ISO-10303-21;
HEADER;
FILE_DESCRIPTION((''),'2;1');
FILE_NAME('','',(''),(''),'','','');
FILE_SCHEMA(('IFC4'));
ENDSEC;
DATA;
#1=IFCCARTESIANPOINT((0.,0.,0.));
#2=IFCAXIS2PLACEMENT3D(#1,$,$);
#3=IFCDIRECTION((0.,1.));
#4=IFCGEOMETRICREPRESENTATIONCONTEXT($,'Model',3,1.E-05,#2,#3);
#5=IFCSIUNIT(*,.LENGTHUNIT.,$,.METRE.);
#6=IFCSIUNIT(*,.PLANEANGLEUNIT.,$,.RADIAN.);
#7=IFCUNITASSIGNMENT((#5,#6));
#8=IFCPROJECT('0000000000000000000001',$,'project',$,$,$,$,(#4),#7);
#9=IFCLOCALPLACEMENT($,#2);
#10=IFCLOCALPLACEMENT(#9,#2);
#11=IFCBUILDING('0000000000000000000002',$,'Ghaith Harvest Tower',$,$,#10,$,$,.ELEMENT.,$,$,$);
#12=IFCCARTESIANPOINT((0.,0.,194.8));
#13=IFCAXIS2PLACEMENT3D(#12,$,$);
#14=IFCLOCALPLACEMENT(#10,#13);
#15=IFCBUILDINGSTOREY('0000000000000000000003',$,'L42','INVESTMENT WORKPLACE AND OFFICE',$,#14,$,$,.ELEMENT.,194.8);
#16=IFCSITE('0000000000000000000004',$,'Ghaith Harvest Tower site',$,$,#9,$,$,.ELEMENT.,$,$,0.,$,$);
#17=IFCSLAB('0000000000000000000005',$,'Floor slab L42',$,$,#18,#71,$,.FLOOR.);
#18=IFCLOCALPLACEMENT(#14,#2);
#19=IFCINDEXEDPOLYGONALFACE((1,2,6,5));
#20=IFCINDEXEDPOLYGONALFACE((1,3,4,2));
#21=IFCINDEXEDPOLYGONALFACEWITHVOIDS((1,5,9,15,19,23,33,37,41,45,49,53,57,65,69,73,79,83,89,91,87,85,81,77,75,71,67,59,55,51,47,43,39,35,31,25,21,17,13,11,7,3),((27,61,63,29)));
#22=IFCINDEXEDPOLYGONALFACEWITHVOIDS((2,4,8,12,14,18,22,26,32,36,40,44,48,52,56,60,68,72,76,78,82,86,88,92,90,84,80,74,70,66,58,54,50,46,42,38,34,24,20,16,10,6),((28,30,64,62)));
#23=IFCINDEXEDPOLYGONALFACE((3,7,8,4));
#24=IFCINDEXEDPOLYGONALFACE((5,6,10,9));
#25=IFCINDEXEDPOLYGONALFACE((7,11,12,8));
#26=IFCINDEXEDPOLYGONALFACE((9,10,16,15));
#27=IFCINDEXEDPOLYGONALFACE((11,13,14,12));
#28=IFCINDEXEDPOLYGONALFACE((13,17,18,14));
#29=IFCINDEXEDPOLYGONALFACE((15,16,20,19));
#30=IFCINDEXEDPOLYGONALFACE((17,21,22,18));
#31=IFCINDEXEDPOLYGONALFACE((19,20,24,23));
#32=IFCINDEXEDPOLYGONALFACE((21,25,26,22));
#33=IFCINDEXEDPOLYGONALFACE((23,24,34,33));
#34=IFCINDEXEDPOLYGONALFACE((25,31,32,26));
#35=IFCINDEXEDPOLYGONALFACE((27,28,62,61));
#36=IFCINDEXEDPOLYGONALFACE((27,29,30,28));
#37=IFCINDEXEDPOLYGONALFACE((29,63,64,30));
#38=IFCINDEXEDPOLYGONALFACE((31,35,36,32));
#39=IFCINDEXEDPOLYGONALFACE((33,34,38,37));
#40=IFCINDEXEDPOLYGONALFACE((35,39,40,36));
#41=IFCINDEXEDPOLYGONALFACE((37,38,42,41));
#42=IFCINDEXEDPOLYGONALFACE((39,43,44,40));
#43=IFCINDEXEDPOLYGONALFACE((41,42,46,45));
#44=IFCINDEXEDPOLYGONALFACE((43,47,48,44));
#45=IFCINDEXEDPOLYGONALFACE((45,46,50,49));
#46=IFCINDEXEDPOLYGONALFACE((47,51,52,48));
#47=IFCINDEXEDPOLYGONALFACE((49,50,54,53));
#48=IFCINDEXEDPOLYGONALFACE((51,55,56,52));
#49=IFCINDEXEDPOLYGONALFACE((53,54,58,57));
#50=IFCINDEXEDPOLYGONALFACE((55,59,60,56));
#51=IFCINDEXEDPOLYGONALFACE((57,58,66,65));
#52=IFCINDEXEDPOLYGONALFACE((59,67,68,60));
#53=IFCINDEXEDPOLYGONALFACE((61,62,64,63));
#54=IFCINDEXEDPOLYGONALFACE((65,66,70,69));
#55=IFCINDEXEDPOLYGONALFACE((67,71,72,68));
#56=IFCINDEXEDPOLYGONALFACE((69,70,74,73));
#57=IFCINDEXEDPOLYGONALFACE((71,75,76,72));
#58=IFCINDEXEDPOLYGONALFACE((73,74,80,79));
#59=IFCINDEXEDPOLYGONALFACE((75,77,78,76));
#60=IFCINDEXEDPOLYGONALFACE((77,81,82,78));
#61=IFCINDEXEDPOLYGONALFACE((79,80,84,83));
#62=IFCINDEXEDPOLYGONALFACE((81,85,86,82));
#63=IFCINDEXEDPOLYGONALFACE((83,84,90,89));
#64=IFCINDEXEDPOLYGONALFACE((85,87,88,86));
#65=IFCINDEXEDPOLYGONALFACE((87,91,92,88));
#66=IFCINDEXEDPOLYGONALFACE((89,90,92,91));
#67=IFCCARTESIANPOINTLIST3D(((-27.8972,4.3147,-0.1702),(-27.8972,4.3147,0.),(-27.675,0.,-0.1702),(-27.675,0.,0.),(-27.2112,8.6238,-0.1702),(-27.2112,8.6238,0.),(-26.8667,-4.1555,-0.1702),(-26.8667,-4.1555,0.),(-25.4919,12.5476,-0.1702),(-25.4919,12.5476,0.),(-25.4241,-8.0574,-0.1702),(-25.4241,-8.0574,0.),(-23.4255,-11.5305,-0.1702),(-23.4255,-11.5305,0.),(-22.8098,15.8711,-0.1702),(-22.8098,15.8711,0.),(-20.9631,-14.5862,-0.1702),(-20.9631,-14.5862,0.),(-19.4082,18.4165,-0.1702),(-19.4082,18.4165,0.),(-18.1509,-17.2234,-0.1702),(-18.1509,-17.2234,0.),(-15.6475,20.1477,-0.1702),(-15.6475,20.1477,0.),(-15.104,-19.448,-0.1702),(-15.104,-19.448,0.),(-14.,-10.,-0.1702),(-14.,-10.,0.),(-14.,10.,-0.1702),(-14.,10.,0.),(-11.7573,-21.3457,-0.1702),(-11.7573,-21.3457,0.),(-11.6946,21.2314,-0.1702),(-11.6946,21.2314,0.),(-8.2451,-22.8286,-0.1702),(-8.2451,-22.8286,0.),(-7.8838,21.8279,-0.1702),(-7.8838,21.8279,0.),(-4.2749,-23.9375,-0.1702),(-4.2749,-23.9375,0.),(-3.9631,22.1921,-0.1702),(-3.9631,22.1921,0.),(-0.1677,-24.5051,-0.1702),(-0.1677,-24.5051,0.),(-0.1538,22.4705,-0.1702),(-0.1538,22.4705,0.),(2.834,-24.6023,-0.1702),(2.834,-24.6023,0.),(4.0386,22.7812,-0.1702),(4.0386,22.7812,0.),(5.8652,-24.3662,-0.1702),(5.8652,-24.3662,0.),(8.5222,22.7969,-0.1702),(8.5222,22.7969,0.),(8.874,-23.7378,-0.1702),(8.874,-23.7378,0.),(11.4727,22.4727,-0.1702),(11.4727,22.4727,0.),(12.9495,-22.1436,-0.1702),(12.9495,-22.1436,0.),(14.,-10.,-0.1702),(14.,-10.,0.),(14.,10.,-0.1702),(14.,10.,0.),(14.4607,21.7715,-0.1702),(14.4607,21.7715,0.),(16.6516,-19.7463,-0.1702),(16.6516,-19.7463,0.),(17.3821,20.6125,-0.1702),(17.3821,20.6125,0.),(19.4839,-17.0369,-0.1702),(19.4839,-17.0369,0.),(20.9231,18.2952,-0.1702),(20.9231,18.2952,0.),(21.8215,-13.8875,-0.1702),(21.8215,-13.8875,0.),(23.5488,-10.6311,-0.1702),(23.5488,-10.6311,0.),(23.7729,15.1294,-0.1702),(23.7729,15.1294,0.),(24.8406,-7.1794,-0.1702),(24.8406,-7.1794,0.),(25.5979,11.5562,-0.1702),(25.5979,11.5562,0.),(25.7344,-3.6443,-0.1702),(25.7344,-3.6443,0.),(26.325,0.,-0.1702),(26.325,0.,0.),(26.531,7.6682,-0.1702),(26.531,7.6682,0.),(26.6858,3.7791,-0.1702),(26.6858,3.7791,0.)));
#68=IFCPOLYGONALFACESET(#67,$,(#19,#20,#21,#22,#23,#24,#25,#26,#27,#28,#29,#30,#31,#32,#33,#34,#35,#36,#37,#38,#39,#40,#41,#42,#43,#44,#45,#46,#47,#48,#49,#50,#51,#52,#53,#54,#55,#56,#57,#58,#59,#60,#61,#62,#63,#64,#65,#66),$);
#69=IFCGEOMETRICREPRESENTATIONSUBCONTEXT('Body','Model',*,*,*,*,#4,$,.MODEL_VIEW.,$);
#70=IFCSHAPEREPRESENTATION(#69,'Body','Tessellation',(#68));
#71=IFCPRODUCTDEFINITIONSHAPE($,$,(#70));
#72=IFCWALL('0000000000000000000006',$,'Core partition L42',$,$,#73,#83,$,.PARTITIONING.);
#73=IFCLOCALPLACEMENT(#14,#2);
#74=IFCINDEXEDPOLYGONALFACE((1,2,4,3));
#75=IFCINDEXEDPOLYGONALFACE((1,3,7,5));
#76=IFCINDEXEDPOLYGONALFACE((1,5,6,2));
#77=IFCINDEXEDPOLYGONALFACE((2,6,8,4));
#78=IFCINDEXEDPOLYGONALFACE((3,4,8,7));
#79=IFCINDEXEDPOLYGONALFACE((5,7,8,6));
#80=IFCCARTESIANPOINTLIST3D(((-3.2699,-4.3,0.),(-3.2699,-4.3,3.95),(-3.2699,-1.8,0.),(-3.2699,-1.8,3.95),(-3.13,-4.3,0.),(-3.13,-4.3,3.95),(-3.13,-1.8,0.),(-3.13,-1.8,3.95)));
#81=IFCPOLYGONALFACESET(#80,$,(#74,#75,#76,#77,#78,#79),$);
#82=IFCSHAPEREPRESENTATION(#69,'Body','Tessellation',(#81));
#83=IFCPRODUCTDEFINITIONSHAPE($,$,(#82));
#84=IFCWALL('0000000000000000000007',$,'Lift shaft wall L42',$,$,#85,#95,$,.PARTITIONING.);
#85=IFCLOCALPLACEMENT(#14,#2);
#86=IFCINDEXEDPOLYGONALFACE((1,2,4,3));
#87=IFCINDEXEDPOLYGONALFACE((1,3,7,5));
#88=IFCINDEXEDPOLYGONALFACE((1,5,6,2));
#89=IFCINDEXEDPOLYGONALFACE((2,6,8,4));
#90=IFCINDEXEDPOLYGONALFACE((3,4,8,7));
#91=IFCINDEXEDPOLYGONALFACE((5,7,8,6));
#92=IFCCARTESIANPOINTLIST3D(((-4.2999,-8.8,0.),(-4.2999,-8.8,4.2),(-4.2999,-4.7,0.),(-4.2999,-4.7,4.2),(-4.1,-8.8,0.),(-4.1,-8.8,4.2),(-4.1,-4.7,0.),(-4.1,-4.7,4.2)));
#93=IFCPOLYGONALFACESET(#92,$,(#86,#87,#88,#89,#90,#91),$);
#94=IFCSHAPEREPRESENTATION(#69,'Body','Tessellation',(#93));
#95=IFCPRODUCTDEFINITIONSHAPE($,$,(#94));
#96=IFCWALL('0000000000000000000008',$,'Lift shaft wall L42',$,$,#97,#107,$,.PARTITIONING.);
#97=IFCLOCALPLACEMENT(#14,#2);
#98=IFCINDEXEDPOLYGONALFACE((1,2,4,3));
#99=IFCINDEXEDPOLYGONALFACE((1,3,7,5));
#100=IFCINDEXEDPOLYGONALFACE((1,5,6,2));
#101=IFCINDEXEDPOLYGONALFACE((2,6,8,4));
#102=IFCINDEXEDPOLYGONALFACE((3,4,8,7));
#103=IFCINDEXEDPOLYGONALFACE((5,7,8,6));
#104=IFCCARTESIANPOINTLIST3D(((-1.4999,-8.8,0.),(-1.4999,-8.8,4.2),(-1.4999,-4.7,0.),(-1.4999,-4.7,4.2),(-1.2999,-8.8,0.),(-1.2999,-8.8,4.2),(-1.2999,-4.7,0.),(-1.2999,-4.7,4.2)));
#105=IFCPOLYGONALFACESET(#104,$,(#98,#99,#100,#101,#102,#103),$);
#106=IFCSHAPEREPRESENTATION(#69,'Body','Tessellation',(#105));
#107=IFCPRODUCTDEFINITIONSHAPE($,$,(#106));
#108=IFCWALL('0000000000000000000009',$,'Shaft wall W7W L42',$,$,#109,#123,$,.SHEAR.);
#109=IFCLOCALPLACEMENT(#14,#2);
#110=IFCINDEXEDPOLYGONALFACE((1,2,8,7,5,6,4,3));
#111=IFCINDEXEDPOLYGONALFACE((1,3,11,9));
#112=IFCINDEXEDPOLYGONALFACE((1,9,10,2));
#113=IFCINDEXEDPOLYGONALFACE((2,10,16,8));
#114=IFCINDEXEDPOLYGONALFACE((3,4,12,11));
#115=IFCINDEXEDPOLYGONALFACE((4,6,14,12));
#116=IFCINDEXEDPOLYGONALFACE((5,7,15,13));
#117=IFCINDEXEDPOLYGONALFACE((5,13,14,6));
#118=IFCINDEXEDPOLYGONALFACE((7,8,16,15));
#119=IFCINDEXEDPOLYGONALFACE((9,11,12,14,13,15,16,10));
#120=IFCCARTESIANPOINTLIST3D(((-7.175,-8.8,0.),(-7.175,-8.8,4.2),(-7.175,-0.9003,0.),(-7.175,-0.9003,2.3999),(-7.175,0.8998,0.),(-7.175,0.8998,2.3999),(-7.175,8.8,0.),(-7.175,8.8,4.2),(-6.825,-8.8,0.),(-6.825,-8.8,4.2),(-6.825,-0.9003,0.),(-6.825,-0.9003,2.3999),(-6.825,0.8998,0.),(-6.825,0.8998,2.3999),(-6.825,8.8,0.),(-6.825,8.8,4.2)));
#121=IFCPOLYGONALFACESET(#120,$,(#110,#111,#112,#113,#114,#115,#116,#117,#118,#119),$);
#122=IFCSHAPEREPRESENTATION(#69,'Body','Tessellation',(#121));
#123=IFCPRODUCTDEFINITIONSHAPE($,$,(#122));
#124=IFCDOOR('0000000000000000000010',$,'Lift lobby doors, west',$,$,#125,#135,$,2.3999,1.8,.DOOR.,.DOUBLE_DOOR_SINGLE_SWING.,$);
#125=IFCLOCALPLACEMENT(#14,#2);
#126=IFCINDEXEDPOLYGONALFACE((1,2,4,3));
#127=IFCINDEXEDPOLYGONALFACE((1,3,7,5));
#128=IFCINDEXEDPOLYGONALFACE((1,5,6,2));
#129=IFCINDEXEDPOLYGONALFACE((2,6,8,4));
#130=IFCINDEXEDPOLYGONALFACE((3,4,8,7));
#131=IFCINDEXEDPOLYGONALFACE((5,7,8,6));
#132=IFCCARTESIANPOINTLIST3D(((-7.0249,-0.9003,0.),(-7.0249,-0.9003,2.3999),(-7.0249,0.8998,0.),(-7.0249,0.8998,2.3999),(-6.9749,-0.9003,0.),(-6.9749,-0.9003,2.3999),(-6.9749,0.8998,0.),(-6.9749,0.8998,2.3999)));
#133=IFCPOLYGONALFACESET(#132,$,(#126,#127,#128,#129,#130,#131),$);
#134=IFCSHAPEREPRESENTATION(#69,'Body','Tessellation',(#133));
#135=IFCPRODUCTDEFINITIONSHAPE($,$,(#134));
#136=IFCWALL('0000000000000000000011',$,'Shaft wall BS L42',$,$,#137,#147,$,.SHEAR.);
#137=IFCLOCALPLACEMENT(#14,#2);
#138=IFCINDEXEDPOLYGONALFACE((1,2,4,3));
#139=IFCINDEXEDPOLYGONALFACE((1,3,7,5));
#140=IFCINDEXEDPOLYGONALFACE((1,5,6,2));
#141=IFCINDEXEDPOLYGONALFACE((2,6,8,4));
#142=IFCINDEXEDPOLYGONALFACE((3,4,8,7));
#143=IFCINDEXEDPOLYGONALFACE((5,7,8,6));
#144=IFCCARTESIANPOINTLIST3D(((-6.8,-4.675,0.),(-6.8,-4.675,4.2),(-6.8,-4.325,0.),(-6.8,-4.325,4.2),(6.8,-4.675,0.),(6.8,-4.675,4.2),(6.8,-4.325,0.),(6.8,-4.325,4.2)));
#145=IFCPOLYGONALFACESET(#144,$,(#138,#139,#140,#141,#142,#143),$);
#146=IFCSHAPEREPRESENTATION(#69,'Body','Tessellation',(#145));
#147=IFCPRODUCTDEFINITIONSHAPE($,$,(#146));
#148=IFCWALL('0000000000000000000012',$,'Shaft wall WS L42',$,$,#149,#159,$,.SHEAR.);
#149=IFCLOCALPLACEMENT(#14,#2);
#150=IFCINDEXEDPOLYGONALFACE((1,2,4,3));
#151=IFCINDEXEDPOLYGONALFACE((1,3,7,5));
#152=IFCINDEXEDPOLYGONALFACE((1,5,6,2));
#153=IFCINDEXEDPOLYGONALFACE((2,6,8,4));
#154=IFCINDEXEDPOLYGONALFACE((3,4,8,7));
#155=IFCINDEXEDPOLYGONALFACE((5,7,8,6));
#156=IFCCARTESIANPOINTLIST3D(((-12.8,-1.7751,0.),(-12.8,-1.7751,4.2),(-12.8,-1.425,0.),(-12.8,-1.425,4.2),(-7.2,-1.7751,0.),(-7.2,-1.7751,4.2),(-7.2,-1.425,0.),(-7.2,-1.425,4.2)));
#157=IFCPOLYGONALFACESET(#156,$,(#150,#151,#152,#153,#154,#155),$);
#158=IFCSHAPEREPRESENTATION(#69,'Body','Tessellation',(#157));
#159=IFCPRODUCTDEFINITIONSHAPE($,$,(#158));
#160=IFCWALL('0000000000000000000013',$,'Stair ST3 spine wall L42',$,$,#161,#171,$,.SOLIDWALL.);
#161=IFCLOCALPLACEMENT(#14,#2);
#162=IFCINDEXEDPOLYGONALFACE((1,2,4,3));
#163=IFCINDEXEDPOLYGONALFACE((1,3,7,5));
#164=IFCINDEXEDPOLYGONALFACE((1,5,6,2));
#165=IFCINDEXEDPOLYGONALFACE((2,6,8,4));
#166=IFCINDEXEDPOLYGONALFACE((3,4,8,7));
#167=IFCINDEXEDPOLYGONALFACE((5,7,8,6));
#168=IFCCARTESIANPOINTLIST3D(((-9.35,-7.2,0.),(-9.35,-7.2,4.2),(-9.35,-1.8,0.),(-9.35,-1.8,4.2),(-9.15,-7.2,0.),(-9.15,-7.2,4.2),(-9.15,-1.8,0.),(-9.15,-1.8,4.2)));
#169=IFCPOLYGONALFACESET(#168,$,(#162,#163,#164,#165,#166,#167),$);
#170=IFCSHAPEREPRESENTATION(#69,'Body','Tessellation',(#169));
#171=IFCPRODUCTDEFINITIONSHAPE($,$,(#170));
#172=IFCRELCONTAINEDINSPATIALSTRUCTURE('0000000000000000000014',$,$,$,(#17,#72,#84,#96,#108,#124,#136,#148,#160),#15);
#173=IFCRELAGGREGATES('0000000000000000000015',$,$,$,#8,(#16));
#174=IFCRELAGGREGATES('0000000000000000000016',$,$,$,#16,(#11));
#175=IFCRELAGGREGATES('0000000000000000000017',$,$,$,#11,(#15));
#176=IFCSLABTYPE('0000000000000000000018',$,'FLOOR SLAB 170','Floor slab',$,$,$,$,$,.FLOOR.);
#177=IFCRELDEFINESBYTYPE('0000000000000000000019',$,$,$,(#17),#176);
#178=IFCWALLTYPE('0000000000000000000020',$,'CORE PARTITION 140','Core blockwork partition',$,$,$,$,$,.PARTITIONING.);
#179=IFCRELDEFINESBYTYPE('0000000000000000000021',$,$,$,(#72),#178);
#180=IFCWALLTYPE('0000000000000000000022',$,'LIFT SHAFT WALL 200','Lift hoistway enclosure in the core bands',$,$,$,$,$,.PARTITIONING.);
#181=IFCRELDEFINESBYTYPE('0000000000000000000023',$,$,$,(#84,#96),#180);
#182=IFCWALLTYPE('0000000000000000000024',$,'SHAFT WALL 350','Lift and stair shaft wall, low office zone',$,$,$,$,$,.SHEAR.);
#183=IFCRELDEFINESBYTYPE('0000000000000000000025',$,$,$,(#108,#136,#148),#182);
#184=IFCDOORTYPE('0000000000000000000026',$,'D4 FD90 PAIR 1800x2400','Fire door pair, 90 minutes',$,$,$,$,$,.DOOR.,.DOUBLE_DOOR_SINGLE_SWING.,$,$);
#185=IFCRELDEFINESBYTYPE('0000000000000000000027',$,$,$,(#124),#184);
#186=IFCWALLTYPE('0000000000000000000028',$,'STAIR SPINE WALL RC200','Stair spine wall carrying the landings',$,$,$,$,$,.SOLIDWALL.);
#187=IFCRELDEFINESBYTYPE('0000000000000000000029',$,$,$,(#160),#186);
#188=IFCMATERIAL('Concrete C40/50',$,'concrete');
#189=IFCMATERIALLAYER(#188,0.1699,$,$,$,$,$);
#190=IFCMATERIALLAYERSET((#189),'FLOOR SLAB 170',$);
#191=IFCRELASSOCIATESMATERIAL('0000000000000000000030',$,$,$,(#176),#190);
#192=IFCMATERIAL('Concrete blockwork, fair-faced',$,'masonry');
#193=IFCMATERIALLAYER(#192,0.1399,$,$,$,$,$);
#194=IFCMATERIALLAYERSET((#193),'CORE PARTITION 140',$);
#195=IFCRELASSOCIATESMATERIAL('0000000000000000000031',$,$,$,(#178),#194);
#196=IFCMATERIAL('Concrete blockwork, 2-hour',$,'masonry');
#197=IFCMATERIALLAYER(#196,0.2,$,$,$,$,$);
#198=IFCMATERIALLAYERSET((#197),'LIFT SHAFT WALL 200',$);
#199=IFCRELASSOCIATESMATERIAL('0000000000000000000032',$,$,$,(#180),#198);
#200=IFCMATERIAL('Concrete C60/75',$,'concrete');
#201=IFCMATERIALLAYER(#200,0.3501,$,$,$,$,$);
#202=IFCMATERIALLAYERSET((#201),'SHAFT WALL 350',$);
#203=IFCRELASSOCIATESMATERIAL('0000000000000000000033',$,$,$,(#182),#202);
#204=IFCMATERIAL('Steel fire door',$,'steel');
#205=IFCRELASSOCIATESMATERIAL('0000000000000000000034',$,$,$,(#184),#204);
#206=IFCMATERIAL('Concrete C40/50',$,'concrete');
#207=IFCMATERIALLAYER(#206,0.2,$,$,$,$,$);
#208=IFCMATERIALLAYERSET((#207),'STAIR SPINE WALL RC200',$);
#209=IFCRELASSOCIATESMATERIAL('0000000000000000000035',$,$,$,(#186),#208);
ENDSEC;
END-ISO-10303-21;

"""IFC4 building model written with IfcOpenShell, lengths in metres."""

from ifc_helpers import new_model, si_unit, direction, frame, frame_2d, origin, place, context, subcontext, project, spatial, polyline, rectangle, outline, extrude, material, layer, layer_set, type_object, element, fill, save


model = new_model("IFC4")

# Units and contexts
model_context = context("Model", 3, precision=1e-05, world=origin(), true_north=direction((0.0, 1.0)))
body_context = subcontext(model_context, "Body", "Model", "MODEL_VIEW")
ifc_project = project(units=[si_unit("LENGTHUNIT", "METRE"), si_unit("PLANEANGLEUNIT", "RADIAN")], contexts=[model_context])

# Site, building, storey
site_placement = place(None, origin())
site = spatial("IfcSite", under=ifc_project, at=site_placement, Name="Ghaith Harvest Tower site", CompositionType="ELEMENT", RefElevation=0.0)
building_placement = place(site_placement, origin())
building = spatial("IfcBuilding", under=site, at=building_placement, Name="Ghaith Harvest Tower", CompositionType="ELEMENT")
storey_placement = place(building_placement, frame((0.0, 0.0, 194.8)))
storey = spatial("IfcBuildingStorey", under=building, at=storey_placement, Name="L42", Description="INVESTMENT WORKPLACE AND OFFICE", CompositionType="ELEMENT", Elevation=194.8)

# Slab
ifc_material_1 = material(Name="Concrete C40/50", Category="concrete")
ifc_layer_1 = layer(ifc_material_1, 0.1699)
ifc_layer_set_1 = layer_set([ifc_layer_1], Name="FLOOR SLAB 170")
slab_type = type_object("IfcSlabType", Name="FLOOR SLAB 170", Description="Floor slab", PredefinedType="FLOOR", material=ifc_layer_set_1)
slab_placement = place(storey_placement, frame((0.0, 0.0, -0.1702)))
element("IfcSlab", 1, at=slab_placement, inside=storey, type_object=slab_type, Name="Floor slab L42", PredefinedType="FLOOR", context=body_context, shape_type="SweptSolid", body=[
    extrude(outline(polyline([(26.325, 0.0), (26.6858, 3.7791), (26.531, 7.6682), (25.5979, 11.5562), (23.7729, 15.1294), (20.9231, 18.2952), (17.3821, 20.6125), (14.4607, 21.7715), (11.4727, 22.4727), (8.5222, 22.7969), (4.0386, 22.7812), (-0.1538, 22.4705), (-3.9631, 22.1921), (-7.8838, 21.8279), (-11.6946, 21.2314), (-15.6475, 20.1477), (-19.4082, 18.4165), (-22.8098, 15.8711), (-25.4919, 12.5476), (-27.2112, 8.6238), (-27.8972, 4.3147), (-27.675, 0.0), (-26.8667, -4.1555), (-25.4241, -8.0574), (-23.4255, -11.5305), (-20.9631, -14.5862), (-18.1509, -17.2234), (-15.104, -19.448), (-11.7573, -21.3457), (-8.2451, -22.8286), (-4.2749, -23.9375), (-0.1677, -24.5051), (2.834, -24.6023), (5.8652, -24.3662), (8.874, -23.7378), (12.9495, -22.1436), (16.6516, -19.7463), (19.4839, -17.0369), (21.8215, -13.8875), (23.5488, -10.6311), (24.8406, -7.1794), (25.7344, -3.6443), (26.325, 0.0)]), holes=[polyline([(-14.0, -10.0), (14.0, -10.0), (14.0, 10.0), (-14.0, 10.0), (-14.0, -10.0)])]), origin(), (0.0, 0.0, 1.0), 0.1702),
])

# Walls
ifc_material_2 = material(Name="Concrete blockwork, fair-faced", Category="masonry")
ifc_layer_2 = layer(ifc_material_2, 0.1399)
ifc_layer_set_2 = layer_set([ifc_layer_2], Name="CORE PARTITION 140")
wall_type_1 = type_object("IfcWallType", Name="CORE PARTITION 140", Description="Core blockwork partition", PredefinedType="PARTITIONING", material=ifc_layer_set_2)
wall_1_placement = place(storey_placement, frame((-3.2, -1.8, 0.0), z_axis=(0.0, 0.0, 1.0), x_axis=(0.0, -1.0, 0.0)))
element("IfcWall", 2, at=wall_1_placement, inside=storey, type_object=wall_type_1, Name="Core partition L42", PredefinedType="PARTITIONING", context=body_context, shape_type="SweptSolid", body=[
    extrude(rectangle(XDim=2.5, YDim=0.1399, at=frame_2d((1.25, 0.0))), origin(), (0.0, 0.0, 1.0), 3.95),
])
ifc_material_3 = material(Name="Concrete blockwork, 2-hour", Category="masonry")
ifc_layer_3 = layer(ifc_material_3, 0.2)
ifc_layer_set_3 = layer_set([ifc_layer_3], Name="LIFT SHAFT WALL 200")
wall_type_2 = type_object("IfcWallType", Name="LIFT SHAFT WALL 200", Description="Lift hoistway enclosure in the core bands", PredefinedType="PARTITIONING", material=ifc_layer_set_3)
for number, where, z_axis, x_axis, name in (
    (3, (-4.2, -4.7, 0.0), (0.0, 0.0, 1.0), (0.0, -1.0, 0.0), "Lift shaft wall L42"),
    (4, (-1.3999, -4.7, 0.0), (0.0, 0.0, 1.0), (0.0, -1.0, 0.0), "Lift shaft wall L42"),
):
    element("IfcWall", number, at=place(storey_placement, frame(where, z_axis=z_axis, x_axis=x_axis)), inside=storey, type_object=wall_type_2, Name=name, PredefinedType="PARTITIONING", context=body_context, shape_type="SweptSolid", body=[
        extrude(rectangle(XDim=4.1001, YDim=0.2, at=frame_2d((2.05, 0.0))), origin(), (0.0, 0.0, 1.0), 4.2),
    ])

# Wall, opening, door
ifc_material_4 = material(Name="Concrete C60/75", Category="concrete")
ifc_layer_4 = layer(ifc_material_4, 0.3501)
ifc_layer_set_4 = layer_set([ifc_layer_4], Name="SHAFT WALL 350")
wall_type_3 = type_object("IfcWallType", Name="SHAFT WALL 350", Description="Lift and stair shaft wall, low office zone", PredefinedType="SHEAR", material=ifc_layer_set_4)
wall_2_placement = place(storey_placement, frame((-7.0, -8.8, 0.0), z_axis=(0.0, 0.0, 1.0), x_axis=(0.0, 1.0, 0.0)))
wall_2 = element("IfcWall", 5, at=wall_2_placement, inside=storey, type_object=wall_type_3, Name="Shaft wall W7W L42", PredefinedType="SHEAR", context=body_context, shape_type="SweptSolid", body=[
    extrude(rectangle(XDim=17.6001, YDim=0.3501, at=frame_2d((8.8, 0.0))), origin(), (0.0, 0.0, 1.0), 4.2),
])
opening_1_placement = place(wall_2_placement, frame((7.8999, 0.0, 0.0)))
opening_1 = element("IfcOpeningElement", 6, at=opening_1_placement, cuts=wall_2, PredefinedType="OPENING", context=body_context, shape_type="SweptSolid", body=[
    extrude(rectangle(XDim=1.8, YDim=2.3999, at=frame_2d((0.8999, 1.2))), frame((0.0, 0.1851, 0.0), z_axis=(0.0, -1.0, 0.0), x_axis=(1.0, 0.0, 0.0)), (0.0, 0.0, 1.0), 0.3701),
])
ifc_material_5 = material(Name="Steel fire door", Category="steel")
door_type_1 = type_object("IfcDoorType", Name="D4 FD90 PAIR 1800x2400", Description="Fire door pair, 90 minutes", OperationType="DOUBLE_DOOR_SINGLE_SWING", PredefinedType="DOOR", material=ifc_material_5)
door_1_placement = place(opening_1_placement, origin())
door_1 = element("IfcDoor", 7, at=door_1_placement, inside=storey, type_object=door_type_1, Name="Lift lobby doors, west", OperationType="DOUBLE_DOOR_SINGLE_SWING", OverallHeight=2.3999, OverallWidth=1.8, PredefinedType="DOOR", context=body_context, shape_type="SweptSolid", body=[
    extrude(rectangle(XDim=1.8, YDim=2.3999, at=frame_2d((0.8999, 1.2))), frame((0.0, 0.0249, 0.0), z_axis=(0.0, -1.0, 0.0), x_axis=(1.0, 0.0, 0.0)), (0.0, 0.0, 1.0), 0.05),
])
fill(opening_1, door_1)

# Walls
wall_3_placement = place(storey_placement, frame((-6.8, -4.5, 0.0), z_axis=(0.0, 0.0, 1.0), x_axis=(1.0, 0.0, 0.0)))
element("IfcWall", 8, at=wall_3_placement, inside=storey, type_object=wall_type_3, Name="Shaft wall BS L42", PredefinedType="SHEAR", context=body_context, shape_type="SweptSolid", body=[
    extrude(rectangle(XDim=13.6001, YDim=0.3501, at=frame_2d((6.8, 0.0))), origin(), (0.0, 0.0, 1.0), 4.2),
])
wall_4_placement = place(storey_placement, frame((-12.8, -1.6001, 0.0), z_axis=(0.0, 0.0, 1.0), x_axis=(1.0, 0.0, 0.0)))
element("IfcWall", 9, at=wall_4_placement, inside=storey, type_object=wall_type_3, Name="Shaft wall WS L42", PredefinedType="SHEAR", context=body_context, shape_type="SweptSolid", body=[
    extrude(rectangle(XDim=5.6001, YDim=0.3501, at=frame_2d((2.8, 0.0))), origin(), (0.0, 0.0, 1.0), 4.2),
])
ifc_material_6 = material(Name="Concrete C40/50", Category="concrete")
ifc_layer_5 = layer(ifc_material_6, 0.2)
ifc_layer_set_5 = layer_set([ifc_layer_5], Name="STAIR SPINE WALL RC200")
wall_type_4 = type_object("IfcWallType", Name="STAIR SPINE WALL RC200", Description="Stair spine wall carrying the landings", PredefinedType="SOLIDWALL", material=ifc_layer_set_5)
wall_5_placement = place(storey_placement, frame((-9.25, -7.2, 0.0), z_axis=(0.0, 0.0, 1.0), x_axis=(0.0, 1.0, 0.0)))
element("IfcWall", 10, at=wall_5_placement, inside=storey, type_object=wall_type_4, Name="Stair ST3 spine wall L42", PredefinedType="SOLIDWALL", context=body_context, shape_type="SweptSolid", body=[
    extrude(rectangle(XDim=5.3999, YDim=0.2, at=frame_2d((2.7, 0.0))), origin(), (0.0, 0.0, 1.0), 4.2),
])

save(model, "model.ifc")
